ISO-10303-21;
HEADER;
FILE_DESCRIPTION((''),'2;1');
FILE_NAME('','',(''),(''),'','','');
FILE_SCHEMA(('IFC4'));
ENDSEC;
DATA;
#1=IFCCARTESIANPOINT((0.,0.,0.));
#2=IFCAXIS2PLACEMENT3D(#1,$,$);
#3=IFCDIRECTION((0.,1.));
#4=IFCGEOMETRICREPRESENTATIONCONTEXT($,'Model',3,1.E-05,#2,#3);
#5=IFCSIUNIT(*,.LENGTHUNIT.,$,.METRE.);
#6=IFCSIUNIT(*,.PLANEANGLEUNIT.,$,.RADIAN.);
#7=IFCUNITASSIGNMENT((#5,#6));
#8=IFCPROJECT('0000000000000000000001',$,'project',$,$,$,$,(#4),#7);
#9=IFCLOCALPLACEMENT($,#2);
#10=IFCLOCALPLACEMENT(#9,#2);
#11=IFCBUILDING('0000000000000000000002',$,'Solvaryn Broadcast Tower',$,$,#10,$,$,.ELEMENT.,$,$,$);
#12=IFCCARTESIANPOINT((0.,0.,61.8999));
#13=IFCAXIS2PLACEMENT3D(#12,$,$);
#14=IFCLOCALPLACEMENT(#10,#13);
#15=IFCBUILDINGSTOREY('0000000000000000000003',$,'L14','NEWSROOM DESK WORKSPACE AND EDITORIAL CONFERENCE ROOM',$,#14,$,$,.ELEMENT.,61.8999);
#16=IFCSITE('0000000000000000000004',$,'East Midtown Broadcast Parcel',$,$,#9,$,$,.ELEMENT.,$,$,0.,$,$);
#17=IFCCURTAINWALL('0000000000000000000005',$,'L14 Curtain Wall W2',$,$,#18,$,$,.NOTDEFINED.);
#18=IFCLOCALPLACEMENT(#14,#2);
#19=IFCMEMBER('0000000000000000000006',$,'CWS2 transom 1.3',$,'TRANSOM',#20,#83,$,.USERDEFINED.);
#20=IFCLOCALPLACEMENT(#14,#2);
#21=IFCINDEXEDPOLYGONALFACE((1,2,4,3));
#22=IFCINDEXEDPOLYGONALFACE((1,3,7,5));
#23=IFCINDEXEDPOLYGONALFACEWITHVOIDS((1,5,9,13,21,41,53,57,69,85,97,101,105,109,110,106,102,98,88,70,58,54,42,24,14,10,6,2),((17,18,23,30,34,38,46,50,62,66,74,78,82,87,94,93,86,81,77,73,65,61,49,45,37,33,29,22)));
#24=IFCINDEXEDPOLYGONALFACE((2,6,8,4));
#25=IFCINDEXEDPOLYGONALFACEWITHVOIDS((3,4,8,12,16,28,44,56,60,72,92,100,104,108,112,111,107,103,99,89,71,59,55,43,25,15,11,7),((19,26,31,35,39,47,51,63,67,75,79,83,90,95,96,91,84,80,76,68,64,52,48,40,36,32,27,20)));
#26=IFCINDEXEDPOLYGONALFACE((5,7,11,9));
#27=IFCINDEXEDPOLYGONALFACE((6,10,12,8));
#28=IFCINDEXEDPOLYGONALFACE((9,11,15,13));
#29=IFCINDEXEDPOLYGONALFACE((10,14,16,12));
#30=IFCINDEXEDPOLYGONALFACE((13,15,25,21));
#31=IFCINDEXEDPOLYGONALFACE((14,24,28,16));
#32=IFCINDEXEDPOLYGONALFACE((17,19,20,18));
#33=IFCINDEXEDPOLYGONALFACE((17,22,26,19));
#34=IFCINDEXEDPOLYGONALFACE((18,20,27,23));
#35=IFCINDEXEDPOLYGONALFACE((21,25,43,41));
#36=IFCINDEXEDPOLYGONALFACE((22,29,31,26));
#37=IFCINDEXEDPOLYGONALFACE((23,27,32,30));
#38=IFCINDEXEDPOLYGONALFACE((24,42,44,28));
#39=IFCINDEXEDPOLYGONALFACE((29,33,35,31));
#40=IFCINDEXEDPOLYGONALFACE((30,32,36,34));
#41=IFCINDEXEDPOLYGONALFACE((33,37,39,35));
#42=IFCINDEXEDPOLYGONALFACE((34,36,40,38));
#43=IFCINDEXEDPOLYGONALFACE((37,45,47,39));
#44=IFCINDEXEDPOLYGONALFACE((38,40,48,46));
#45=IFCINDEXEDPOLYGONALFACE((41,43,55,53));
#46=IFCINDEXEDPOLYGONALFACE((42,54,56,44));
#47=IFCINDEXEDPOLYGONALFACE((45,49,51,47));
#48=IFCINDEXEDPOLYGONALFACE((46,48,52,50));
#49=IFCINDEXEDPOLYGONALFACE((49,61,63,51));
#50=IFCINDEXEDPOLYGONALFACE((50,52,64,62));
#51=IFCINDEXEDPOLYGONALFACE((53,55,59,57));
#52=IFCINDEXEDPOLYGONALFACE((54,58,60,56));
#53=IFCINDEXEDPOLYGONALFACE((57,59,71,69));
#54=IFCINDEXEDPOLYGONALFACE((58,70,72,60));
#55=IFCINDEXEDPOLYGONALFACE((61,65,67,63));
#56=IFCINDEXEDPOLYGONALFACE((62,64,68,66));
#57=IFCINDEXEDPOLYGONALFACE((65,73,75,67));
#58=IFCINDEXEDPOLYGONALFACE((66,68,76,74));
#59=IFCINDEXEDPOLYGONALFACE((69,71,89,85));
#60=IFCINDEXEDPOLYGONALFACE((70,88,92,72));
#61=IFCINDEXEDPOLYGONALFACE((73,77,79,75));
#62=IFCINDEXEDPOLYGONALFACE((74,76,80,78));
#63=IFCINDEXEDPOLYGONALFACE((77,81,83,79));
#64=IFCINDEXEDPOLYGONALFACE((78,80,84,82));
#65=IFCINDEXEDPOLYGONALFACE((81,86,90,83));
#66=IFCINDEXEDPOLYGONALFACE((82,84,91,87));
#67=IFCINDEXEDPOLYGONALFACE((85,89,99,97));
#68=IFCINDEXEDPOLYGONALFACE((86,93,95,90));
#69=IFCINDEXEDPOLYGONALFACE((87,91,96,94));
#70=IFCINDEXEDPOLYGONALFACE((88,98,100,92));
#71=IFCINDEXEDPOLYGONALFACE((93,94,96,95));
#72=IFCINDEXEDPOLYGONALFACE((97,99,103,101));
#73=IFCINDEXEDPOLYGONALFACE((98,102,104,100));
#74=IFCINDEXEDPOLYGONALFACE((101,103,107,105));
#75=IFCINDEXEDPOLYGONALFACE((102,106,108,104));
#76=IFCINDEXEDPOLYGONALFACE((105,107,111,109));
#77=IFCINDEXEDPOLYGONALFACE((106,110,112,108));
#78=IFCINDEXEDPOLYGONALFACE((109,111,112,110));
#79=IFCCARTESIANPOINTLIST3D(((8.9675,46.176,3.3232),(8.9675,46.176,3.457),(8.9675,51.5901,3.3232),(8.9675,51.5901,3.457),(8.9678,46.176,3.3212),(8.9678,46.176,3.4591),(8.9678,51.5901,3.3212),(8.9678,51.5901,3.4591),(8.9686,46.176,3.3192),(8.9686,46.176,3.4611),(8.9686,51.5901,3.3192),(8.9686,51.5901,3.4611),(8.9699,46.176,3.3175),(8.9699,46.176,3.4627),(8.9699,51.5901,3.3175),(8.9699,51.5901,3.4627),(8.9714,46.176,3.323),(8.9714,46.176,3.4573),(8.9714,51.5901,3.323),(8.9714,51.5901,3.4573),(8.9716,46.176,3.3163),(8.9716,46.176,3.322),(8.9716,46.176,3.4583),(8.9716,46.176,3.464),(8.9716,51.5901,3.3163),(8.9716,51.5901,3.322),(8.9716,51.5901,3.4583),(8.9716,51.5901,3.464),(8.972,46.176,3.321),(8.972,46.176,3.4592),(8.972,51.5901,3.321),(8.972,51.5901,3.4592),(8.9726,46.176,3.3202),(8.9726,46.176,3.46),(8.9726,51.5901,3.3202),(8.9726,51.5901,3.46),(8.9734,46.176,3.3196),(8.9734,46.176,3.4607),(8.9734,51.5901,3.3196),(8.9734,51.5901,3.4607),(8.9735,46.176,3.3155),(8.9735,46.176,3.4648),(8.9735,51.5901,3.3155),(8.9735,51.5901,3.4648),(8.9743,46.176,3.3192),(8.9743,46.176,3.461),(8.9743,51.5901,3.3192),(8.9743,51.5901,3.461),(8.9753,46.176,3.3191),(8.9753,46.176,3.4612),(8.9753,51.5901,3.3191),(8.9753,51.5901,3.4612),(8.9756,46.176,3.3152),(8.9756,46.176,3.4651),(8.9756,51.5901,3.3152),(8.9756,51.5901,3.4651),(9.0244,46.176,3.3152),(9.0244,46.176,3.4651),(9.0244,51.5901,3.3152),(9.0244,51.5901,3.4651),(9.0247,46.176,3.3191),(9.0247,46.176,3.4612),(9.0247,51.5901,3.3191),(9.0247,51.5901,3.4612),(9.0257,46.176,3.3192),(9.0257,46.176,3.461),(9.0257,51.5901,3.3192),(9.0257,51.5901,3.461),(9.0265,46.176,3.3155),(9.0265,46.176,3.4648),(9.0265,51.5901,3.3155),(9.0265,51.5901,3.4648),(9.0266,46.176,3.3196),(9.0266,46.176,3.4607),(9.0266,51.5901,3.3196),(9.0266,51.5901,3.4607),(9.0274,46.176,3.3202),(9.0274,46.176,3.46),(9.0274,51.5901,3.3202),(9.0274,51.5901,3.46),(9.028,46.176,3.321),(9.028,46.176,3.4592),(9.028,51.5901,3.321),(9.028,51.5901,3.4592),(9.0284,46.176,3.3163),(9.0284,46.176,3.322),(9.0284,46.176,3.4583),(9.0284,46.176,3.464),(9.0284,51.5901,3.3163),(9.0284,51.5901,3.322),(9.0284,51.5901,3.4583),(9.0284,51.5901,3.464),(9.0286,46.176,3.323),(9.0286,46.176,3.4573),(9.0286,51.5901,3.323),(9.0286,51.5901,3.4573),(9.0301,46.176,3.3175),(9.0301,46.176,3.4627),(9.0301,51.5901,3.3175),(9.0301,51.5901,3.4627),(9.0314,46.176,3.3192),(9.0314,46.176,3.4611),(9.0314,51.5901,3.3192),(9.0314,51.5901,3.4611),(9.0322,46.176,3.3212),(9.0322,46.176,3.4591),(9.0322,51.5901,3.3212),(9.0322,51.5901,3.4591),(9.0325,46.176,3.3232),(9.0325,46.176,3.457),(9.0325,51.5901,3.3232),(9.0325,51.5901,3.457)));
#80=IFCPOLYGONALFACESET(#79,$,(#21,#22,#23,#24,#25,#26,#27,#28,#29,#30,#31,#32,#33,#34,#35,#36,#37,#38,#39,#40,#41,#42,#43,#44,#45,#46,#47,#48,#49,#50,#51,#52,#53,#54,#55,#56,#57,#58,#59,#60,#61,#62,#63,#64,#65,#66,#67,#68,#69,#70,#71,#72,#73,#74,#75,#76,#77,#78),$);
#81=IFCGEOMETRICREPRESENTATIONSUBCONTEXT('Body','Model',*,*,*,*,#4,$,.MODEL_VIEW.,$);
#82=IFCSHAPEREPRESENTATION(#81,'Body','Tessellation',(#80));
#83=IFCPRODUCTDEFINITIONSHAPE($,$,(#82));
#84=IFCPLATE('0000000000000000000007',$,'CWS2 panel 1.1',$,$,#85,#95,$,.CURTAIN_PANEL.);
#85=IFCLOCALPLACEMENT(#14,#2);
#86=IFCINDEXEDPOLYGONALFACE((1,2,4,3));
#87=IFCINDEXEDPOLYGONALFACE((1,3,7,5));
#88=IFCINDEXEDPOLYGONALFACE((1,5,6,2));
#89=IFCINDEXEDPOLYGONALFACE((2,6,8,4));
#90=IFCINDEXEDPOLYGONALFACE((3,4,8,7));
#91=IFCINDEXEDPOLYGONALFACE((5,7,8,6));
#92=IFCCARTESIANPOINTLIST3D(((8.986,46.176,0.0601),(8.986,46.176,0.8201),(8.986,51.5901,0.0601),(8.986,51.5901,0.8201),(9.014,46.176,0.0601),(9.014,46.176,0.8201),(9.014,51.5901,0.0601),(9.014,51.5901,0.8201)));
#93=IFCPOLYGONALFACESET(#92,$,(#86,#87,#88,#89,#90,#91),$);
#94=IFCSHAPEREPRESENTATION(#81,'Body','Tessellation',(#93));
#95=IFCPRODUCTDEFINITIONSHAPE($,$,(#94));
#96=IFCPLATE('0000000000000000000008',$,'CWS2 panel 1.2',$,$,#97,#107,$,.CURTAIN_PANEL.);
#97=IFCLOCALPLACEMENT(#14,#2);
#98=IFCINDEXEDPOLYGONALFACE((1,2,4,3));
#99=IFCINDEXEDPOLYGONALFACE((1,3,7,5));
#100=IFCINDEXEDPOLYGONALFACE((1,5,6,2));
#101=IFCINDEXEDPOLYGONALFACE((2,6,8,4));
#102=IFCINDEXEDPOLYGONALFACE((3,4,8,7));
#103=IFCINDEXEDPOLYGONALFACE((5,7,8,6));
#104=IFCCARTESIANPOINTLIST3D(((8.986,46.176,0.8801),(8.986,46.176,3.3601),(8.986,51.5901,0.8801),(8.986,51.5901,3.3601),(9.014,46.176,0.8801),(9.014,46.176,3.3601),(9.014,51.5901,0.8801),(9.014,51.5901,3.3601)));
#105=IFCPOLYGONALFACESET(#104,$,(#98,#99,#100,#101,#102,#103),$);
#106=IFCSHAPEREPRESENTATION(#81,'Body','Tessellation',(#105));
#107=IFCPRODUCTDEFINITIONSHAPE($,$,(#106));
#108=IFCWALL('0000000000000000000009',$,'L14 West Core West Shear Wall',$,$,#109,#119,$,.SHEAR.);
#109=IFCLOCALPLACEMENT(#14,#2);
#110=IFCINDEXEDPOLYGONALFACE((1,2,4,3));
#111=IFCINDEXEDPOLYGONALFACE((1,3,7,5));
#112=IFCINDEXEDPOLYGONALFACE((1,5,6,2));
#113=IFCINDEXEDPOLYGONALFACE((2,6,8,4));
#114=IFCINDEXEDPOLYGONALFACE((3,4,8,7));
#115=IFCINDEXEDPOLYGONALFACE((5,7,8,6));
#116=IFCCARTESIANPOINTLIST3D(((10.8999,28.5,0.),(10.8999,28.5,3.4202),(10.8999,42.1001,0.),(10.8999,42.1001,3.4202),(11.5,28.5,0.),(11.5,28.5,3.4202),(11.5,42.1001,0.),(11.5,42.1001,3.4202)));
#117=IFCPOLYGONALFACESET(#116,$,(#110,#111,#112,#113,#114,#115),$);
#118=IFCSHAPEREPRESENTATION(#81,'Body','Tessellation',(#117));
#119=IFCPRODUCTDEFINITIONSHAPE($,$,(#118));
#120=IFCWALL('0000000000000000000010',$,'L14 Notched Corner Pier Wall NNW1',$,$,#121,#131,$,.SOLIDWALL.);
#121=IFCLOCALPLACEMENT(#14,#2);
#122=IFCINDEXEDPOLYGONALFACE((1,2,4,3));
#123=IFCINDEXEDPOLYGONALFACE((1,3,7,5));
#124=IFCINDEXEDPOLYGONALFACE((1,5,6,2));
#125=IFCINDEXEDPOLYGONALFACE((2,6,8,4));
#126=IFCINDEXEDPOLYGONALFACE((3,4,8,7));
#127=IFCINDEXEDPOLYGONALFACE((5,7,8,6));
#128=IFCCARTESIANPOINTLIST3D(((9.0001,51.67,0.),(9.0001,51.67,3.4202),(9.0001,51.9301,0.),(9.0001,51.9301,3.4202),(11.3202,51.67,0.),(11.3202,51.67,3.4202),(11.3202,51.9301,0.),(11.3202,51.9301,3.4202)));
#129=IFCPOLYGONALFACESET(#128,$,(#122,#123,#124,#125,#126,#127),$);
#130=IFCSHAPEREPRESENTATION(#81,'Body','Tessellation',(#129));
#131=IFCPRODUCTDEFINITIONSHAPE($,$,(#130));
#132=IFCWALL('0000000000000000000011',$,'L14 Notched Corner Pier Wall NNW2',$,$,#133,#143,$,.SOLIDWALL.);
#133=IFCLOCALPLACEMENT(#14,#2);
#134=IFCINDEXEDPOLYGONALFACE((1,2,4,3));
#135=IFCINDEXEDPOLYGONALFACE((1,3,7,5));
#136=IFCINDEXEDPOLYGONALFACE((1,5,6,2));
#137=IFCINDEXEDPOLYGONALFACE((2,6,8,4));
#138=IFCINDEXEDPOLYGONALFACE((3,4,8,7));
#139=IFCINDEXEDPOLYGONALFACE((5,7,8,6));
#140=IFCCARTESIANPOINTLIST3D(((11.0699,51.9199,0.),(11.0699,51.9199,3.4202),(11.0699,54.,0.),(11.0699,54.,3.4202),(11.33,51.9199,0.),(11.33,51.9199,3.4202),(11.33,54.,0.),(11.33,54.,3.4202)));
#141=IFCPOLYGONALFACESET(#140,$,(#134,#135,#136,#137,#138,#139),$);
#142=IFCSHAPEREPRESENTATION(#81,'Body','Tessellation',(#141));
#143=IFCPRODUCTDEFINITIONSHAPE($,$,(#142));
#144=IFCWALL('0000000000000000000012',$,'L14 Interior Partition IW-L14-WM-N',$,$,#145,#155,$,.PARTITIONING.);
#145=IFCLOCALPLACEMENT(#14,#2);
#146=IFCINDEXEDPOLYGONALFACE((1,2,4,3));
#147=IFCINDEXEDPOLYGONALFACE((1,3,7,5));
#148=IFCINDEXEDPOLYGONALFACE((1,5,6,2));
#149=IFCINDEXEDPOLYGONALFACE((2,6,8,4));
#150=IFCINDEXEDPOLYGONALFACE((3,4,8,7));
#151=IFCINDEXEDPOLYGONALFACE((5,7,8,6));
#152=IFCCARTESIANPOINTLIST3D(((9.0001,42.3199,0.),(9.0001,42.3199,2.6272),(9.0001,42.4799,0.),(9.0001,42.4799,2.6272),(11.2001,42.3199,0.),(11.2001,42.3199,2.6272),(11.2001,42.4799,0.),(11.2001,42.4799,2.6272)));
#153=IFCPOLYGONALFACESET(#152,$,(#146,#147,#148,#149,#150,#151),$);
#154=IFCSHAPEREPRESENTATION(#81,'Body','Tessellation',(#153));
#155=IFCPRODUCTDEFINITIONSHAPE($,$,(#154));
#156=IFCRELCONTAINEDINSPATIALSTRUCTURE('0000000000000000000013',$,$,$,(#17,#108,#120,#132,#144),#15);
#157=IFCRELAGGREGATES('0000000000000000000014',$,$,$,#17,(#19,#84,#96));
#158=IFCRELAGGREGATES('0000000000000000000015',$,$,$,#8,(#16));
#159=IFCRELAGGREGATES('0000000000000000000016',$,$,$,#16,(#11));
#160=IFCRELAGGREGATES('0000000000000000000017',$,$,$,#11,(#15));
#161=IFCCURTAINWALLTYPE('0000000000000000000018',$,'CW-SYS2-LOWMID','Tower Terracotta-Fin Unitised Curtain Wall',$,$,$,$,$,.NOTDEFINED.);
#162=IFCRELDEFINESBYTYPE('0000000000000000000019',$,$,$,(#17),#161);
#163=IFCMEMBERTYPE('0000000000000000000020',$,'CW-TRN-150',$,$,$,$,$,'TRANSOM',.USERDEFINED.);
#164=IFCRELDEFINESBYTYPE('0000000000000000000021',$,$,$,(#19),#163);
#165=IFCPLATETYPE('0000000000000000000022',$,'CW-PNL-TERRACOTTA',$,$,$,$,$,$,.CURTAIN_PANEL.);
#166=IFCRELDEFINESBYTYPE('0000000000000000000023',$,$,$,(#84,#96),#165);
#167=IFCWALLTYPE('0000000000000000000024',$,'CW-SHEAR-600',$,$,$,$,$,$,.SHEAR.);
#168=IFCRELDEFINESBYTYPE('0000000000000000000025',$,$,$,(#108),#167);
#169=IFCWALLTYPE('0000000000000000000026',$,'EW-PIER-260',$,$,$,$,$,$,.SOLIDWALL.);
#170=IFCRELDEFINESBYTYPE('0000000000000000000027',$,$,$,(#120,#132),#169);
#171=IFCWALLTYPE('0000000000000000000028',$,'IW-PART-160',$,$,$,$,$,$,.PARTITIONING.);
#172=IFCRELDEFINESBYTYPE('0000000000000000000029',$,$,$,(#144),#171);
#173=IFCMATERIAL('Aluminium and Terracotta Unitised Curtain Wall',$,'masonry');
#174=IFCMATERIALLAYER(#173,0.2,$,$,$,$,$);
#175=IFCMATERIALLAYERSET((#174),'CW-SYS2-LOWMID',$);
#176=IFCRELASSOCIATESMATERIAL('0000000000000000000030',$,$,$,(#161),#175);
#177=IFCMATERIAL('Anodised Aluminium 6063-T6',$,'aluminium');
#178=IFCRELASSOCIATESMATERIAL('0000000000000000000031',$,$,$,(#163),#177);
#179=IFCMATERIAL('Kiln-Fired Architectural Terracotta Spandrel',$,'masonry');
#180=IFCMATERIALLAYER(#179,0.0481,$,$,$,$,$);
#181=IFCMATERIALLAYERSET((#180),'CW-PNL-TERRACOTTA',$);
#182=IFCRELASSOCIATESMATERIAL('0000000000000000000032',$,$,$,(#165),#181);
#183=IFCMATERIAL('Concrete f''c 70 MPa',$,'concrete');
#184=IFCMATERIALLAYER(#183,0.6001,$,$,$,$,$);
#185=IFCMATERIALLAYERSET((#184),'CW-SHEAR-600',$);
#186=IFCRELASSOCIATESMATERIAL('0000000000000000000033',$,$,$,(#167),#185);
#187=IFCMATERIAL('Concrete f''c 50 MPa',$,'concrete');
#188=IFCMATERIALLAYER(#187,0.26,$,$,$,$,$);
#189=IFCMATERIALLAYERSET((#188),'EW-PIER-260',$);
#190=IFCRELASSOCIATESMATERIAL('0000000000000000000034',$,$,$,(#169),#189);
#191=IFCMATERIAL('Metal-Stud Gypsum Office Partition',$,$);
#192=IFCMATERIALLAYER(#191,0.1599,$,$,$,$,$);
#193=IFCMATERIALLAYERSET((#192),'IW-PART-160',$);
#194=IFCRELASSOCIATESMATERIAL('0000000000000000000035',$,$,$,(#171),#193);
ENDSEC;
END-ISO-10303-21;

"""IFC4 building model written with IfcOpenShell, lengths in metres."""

from ifc_helpers import new_model, si_unit, direction, frame, frame_2d, origin, origin_2d, place, context, subcontext, project, spatial, rectangle, hollow_rectangle, extrude, material, layer, layer_set, material_profile, profile_set, type_object, element, aggregate, save


model = new_model("IFC4")

# Units and contexts
model_context = context("Model", 3, precision=1e-05, world=origin(), true_north=direction((0.0, 1.0)))
body_context = subcontext(model_context, "Body", "Model", "MODEL_VIEW")
ifc_project = project(units=[si_unit("LENGTHUNIT", "METRE"), si_unit("PLANEANGLEUNIT", "RADIAN")], contexts=[model_context])

# Site, building, storey
site_placement = place(None, origin())
site = spatial("IfcSite", under=ifc_project, at=site_placement, Name="East Midtown Broadcast Parcel", CompositionType="ELEMENT", RefElevation=0.0)
building_placement = place(site_placement, origin())
building = spatial("IfcBuilding", under=site, at=building_placement, Name="Solvaryn Broadcast Tower", CompositionType="ELEMENT")
storey_placement = place(building_placement, frame((0.0, 0.0, 61.8999)))
storey = spatial("IfcBuildingStorey", under=building, at=storey_placement, Name="L14", Description="NEWSROOM DESK WORKSPACE AND EDITORIAL CONFERENCE ROOM", CompositionType="ELEMENT", Elevation=61.8999)

# Shared definitions
ifc_material_1 = material(Name="Aluminium and Terracotta Unitised Curtain Wall", Category="masonry")
ifc_layer_1 = layer(ifc_material_1, 0.2)
ifc_layer_set_1 = layer_set([ifc_layer_1], Name="CW-SYS2-LOWMID")
curtain_wall_type = type_object("IfcCurtainWallType", Name="CW-SYS2-LOWMID", Description="Tower Terracotta-Fin Unitised Curtain Wall", PredefinedType="NOTDEFINED", material=ifc_layer_set_1)

# Curtain wall
curtain_wall_1_placement = place(storey_placement, origin())
curtain_wall_1 = element("IfcCurtainWall", 1, at=curtain_wall_1_placement, inside=storey, type_object=curtain_wall_type, Name="L14 Curtain Wall W2", PredefinedType="NOTDEFINED")

# Member
ifc_material_2 = material(Name="Anodised Aluminium 6063-T6", Category="aluminium")
ifc_material_profile_1 = material_profile(ifc_material_2, hollow_rectangle(XDim=0.0649, YDim=0.1499, WallThickness=0.0039, InnerFilletRadius=0.0039, OuterFilletRadius=0.0081, at=origin_2d()))
ifc_profile_set_1 = profile_set([ifc_material_profile_1], Name="Anodised Aluminium 6063-T6")
member_type_1 = type_object("IfcMemberType", Name="CW-TRN-150", ElementType="TRANSOM", PredefinedType="USERDEFINED", material=ifc_profile_set_1)
member_1_placement = place(storey_placement, frame((9.0, 46.176, 3.3901), z_axis=(0.0, 1.0, 0.0), x_axis=(-1.0, 0.0, 0.0)))
member_1 = element("IfcMember", 2, at=member_1_placement, type_object=member_type_1, Name="CWS2 transom 1.3", ObjectType="TRANSOM", PredefinedType="USERDEFINED", context=body_context, shape_type="SweptSolid", body=[
    extrude(hollow_rectangle(XDim=0.0649, YDim=0.1499, WallThickness=0.0039, InnerFilletRadius=0.0039, OuterFilletRadius=0.0081, at=origin_2d()), origin(), (0.0, 0.0, 1.0), 5.4141),
])

# Plates
ifc_material_3 = material(Name="Kiln-Fired Architectural Terracotta Spandrel", Category="masonry")
ifc_layer_2 = layer(ifc_material_3, 0.0481)
ifc_layer_set_2 = layer_set([ifc_layer_2], Name="CW-PNL-TERRACOTTA")
plate_type = type_object("IfcPlateType", Name="CW-PNL-TERRACOTTA", PredefinedType="CURTAIN_PANEL", material=ifc_layer_set_2)
plate_1_placement = place(storey_placement, frame((9.0, 48.8831, 0.0601), z_axis=(0.0, 0.0, 1.0), x_axis=(0.0, 1.0, 0.0)))
plate_1 = element("IfcPlate", 3, at=plate_1_placement, type_object=plate_type, Name="CWS2 panel 1.1", PredefinedType="CURTAIN_PANEL", context=body_context, shape_type="SweptSolid", body=[
    extrude(rectangle(XDim=5.4141, YDim=0.0281, at=origin_2d()), origin(), (0.0, 0.0, 1.0), 0.76),
])
plate_2_placement = place(storey_placement, frame((9.0, 48.8831, 0.8801), z_axis=(0.0, 0.0, 1.0), x_axis=(0.0, 1.0, 0.0)))
plate_2 = element("IfcPlate", 4, at=plate_2_placement, type_object=plate_type, Name="CWS2 panel 1.2", PredefinedType="CURTAIN_PANEL", context=body_context, shape_type="SweptSolid", body=[
    extrude(rectangle(XDim=5.4141, YDim=0.0281, at=origin_2d()), origin(), (0.0, 0.0, 1.0), 2.48),
])
aggregate(curtain_wall_1, [member_1, plate_1, plate_2])

# Walls
ifc_material_4 = material(Name="Concrete f'c 70 MPa", Category="concrete")
ifc_layer_3 = layer(ifc_material_4, 0.6001)
ifc_layer_set_3 = layer_set([ifc_layer_3], Name="CW-SHEAR-600")
wall_type_1 = type_object("IfcWallType", Name="CW-SHEAR-600", PredefinedType="SHEAR", material=ifc_layer_set_3)
wall_1_placement = place(storey_placement, frame((11.2, 42.1001, 0.0), z_axis=(0.0, 0.0, 1.0), x_axis=(0.0, -1.0, 0.0)))
element("IfcWall", 5, at=wall_1_placement, inside=storey, type_object=wall_type_1, Name="L14 West Core West Shear Wall", PredefinedType="SHEAR", context=body_context, shape_type="SweptSolid", body=[
    extrude(rectangle(XDim=13.6001, YDim=0.6001, at=frame_2d((6.8, 0.0))), origin(), (0.0, 0.0, 1.0), 3.4202),
])
ifc_material_5 = material(Name="Concrete f'c 50 MPa", Category="concrete")
ifc_layer_4 = layer(ifc_material_5, 0.26)
ifc_layer_set_4 = layer_set([ifc_layer_4], Name="EW-PIER-260")
wall_type_2 = type_object("IfcWallType", Name="EW-PIER-260", PredefinedType="SOLIDWALL", material=ifc_layer_set_4)
wall_2_placement = place(storey_placement, frame((9.0, 51.8, 0.0), z_axis=(0.0, 0.0, 1.0), x_axis=(1.0, 0.0, 0.0)))
element("IfcWall", 6, at=wall_2_placement, inside=storey, type_object=wall_type_2, Name="L14 Notched Corner Pier Wall NNW1", PredefinedType="SOLIDWALL", context=body_context, shape_type="SweptSolid", body=[
    extrude(rectangle(XDim=2.3201, YDim=0.26, at=frame_2d((1.1602, 0.0))), origin(), (0.0, 0.0, 1.0), 3.4202),
])
wall_3_placement = place(storey_placement, frame((11.2, 51.9199, 0.0), z_axis=(0.0, 0.0, 1.0), x_axis=(0.0, 1.0, 0.0)))
element("IfcWall", 7, at=wall_3_placement, inside=storey, type_object=wall_type_2, Name="L14 Notched Corner Pier Wall NNW2", PredefinedType="SOLIDWALL", context=body_context, shape_type="SweptSolid", body=[
    extrude(rectangle(XDim=2.0801, YDim=0.26, at=frame_2d((1.04, 0.0))), origin(), (0.0, 0.0, 1.0), 3.4202),
])
ifc_material_6 = material(Name="Metal-Stud Gypsum Office Partition")
ifc_layer_5 = layer(ifc_material_6, 0.1599)
ifc_layer_set_5 = layer_set([ifc_layer_5], Name="IW-PART-160")
wall_type_3 = type_object("IfcWallType", Name="IW-PART-160", PredefinedType="PARTITIONING", material=ifc_layer_set_5)
wall_4_placement = place(storey_placement, frame((9.0, 42.3999, 0.0), z_axis=(0.0, 0.0, 1.0), x_axis=(1.0, 0.0, 0.0)))
element("IfcWall", 8, at=wall_4_placement, inside=storey, type_object=wall_type_3, Name="L14 Interior Partition IW-L14-WM-N", PredefinedType="PARTITIONING", context=body_context, shape_type="SweptSolid", body=[
    extrude(rectangle(XDim=2.2, YDim=0.1599, at=frame_2d((1.1001, 0.0))), origin(), (0.0, 0.0, 1.0), 2.6272),
])

save(model, "model.ifc")
